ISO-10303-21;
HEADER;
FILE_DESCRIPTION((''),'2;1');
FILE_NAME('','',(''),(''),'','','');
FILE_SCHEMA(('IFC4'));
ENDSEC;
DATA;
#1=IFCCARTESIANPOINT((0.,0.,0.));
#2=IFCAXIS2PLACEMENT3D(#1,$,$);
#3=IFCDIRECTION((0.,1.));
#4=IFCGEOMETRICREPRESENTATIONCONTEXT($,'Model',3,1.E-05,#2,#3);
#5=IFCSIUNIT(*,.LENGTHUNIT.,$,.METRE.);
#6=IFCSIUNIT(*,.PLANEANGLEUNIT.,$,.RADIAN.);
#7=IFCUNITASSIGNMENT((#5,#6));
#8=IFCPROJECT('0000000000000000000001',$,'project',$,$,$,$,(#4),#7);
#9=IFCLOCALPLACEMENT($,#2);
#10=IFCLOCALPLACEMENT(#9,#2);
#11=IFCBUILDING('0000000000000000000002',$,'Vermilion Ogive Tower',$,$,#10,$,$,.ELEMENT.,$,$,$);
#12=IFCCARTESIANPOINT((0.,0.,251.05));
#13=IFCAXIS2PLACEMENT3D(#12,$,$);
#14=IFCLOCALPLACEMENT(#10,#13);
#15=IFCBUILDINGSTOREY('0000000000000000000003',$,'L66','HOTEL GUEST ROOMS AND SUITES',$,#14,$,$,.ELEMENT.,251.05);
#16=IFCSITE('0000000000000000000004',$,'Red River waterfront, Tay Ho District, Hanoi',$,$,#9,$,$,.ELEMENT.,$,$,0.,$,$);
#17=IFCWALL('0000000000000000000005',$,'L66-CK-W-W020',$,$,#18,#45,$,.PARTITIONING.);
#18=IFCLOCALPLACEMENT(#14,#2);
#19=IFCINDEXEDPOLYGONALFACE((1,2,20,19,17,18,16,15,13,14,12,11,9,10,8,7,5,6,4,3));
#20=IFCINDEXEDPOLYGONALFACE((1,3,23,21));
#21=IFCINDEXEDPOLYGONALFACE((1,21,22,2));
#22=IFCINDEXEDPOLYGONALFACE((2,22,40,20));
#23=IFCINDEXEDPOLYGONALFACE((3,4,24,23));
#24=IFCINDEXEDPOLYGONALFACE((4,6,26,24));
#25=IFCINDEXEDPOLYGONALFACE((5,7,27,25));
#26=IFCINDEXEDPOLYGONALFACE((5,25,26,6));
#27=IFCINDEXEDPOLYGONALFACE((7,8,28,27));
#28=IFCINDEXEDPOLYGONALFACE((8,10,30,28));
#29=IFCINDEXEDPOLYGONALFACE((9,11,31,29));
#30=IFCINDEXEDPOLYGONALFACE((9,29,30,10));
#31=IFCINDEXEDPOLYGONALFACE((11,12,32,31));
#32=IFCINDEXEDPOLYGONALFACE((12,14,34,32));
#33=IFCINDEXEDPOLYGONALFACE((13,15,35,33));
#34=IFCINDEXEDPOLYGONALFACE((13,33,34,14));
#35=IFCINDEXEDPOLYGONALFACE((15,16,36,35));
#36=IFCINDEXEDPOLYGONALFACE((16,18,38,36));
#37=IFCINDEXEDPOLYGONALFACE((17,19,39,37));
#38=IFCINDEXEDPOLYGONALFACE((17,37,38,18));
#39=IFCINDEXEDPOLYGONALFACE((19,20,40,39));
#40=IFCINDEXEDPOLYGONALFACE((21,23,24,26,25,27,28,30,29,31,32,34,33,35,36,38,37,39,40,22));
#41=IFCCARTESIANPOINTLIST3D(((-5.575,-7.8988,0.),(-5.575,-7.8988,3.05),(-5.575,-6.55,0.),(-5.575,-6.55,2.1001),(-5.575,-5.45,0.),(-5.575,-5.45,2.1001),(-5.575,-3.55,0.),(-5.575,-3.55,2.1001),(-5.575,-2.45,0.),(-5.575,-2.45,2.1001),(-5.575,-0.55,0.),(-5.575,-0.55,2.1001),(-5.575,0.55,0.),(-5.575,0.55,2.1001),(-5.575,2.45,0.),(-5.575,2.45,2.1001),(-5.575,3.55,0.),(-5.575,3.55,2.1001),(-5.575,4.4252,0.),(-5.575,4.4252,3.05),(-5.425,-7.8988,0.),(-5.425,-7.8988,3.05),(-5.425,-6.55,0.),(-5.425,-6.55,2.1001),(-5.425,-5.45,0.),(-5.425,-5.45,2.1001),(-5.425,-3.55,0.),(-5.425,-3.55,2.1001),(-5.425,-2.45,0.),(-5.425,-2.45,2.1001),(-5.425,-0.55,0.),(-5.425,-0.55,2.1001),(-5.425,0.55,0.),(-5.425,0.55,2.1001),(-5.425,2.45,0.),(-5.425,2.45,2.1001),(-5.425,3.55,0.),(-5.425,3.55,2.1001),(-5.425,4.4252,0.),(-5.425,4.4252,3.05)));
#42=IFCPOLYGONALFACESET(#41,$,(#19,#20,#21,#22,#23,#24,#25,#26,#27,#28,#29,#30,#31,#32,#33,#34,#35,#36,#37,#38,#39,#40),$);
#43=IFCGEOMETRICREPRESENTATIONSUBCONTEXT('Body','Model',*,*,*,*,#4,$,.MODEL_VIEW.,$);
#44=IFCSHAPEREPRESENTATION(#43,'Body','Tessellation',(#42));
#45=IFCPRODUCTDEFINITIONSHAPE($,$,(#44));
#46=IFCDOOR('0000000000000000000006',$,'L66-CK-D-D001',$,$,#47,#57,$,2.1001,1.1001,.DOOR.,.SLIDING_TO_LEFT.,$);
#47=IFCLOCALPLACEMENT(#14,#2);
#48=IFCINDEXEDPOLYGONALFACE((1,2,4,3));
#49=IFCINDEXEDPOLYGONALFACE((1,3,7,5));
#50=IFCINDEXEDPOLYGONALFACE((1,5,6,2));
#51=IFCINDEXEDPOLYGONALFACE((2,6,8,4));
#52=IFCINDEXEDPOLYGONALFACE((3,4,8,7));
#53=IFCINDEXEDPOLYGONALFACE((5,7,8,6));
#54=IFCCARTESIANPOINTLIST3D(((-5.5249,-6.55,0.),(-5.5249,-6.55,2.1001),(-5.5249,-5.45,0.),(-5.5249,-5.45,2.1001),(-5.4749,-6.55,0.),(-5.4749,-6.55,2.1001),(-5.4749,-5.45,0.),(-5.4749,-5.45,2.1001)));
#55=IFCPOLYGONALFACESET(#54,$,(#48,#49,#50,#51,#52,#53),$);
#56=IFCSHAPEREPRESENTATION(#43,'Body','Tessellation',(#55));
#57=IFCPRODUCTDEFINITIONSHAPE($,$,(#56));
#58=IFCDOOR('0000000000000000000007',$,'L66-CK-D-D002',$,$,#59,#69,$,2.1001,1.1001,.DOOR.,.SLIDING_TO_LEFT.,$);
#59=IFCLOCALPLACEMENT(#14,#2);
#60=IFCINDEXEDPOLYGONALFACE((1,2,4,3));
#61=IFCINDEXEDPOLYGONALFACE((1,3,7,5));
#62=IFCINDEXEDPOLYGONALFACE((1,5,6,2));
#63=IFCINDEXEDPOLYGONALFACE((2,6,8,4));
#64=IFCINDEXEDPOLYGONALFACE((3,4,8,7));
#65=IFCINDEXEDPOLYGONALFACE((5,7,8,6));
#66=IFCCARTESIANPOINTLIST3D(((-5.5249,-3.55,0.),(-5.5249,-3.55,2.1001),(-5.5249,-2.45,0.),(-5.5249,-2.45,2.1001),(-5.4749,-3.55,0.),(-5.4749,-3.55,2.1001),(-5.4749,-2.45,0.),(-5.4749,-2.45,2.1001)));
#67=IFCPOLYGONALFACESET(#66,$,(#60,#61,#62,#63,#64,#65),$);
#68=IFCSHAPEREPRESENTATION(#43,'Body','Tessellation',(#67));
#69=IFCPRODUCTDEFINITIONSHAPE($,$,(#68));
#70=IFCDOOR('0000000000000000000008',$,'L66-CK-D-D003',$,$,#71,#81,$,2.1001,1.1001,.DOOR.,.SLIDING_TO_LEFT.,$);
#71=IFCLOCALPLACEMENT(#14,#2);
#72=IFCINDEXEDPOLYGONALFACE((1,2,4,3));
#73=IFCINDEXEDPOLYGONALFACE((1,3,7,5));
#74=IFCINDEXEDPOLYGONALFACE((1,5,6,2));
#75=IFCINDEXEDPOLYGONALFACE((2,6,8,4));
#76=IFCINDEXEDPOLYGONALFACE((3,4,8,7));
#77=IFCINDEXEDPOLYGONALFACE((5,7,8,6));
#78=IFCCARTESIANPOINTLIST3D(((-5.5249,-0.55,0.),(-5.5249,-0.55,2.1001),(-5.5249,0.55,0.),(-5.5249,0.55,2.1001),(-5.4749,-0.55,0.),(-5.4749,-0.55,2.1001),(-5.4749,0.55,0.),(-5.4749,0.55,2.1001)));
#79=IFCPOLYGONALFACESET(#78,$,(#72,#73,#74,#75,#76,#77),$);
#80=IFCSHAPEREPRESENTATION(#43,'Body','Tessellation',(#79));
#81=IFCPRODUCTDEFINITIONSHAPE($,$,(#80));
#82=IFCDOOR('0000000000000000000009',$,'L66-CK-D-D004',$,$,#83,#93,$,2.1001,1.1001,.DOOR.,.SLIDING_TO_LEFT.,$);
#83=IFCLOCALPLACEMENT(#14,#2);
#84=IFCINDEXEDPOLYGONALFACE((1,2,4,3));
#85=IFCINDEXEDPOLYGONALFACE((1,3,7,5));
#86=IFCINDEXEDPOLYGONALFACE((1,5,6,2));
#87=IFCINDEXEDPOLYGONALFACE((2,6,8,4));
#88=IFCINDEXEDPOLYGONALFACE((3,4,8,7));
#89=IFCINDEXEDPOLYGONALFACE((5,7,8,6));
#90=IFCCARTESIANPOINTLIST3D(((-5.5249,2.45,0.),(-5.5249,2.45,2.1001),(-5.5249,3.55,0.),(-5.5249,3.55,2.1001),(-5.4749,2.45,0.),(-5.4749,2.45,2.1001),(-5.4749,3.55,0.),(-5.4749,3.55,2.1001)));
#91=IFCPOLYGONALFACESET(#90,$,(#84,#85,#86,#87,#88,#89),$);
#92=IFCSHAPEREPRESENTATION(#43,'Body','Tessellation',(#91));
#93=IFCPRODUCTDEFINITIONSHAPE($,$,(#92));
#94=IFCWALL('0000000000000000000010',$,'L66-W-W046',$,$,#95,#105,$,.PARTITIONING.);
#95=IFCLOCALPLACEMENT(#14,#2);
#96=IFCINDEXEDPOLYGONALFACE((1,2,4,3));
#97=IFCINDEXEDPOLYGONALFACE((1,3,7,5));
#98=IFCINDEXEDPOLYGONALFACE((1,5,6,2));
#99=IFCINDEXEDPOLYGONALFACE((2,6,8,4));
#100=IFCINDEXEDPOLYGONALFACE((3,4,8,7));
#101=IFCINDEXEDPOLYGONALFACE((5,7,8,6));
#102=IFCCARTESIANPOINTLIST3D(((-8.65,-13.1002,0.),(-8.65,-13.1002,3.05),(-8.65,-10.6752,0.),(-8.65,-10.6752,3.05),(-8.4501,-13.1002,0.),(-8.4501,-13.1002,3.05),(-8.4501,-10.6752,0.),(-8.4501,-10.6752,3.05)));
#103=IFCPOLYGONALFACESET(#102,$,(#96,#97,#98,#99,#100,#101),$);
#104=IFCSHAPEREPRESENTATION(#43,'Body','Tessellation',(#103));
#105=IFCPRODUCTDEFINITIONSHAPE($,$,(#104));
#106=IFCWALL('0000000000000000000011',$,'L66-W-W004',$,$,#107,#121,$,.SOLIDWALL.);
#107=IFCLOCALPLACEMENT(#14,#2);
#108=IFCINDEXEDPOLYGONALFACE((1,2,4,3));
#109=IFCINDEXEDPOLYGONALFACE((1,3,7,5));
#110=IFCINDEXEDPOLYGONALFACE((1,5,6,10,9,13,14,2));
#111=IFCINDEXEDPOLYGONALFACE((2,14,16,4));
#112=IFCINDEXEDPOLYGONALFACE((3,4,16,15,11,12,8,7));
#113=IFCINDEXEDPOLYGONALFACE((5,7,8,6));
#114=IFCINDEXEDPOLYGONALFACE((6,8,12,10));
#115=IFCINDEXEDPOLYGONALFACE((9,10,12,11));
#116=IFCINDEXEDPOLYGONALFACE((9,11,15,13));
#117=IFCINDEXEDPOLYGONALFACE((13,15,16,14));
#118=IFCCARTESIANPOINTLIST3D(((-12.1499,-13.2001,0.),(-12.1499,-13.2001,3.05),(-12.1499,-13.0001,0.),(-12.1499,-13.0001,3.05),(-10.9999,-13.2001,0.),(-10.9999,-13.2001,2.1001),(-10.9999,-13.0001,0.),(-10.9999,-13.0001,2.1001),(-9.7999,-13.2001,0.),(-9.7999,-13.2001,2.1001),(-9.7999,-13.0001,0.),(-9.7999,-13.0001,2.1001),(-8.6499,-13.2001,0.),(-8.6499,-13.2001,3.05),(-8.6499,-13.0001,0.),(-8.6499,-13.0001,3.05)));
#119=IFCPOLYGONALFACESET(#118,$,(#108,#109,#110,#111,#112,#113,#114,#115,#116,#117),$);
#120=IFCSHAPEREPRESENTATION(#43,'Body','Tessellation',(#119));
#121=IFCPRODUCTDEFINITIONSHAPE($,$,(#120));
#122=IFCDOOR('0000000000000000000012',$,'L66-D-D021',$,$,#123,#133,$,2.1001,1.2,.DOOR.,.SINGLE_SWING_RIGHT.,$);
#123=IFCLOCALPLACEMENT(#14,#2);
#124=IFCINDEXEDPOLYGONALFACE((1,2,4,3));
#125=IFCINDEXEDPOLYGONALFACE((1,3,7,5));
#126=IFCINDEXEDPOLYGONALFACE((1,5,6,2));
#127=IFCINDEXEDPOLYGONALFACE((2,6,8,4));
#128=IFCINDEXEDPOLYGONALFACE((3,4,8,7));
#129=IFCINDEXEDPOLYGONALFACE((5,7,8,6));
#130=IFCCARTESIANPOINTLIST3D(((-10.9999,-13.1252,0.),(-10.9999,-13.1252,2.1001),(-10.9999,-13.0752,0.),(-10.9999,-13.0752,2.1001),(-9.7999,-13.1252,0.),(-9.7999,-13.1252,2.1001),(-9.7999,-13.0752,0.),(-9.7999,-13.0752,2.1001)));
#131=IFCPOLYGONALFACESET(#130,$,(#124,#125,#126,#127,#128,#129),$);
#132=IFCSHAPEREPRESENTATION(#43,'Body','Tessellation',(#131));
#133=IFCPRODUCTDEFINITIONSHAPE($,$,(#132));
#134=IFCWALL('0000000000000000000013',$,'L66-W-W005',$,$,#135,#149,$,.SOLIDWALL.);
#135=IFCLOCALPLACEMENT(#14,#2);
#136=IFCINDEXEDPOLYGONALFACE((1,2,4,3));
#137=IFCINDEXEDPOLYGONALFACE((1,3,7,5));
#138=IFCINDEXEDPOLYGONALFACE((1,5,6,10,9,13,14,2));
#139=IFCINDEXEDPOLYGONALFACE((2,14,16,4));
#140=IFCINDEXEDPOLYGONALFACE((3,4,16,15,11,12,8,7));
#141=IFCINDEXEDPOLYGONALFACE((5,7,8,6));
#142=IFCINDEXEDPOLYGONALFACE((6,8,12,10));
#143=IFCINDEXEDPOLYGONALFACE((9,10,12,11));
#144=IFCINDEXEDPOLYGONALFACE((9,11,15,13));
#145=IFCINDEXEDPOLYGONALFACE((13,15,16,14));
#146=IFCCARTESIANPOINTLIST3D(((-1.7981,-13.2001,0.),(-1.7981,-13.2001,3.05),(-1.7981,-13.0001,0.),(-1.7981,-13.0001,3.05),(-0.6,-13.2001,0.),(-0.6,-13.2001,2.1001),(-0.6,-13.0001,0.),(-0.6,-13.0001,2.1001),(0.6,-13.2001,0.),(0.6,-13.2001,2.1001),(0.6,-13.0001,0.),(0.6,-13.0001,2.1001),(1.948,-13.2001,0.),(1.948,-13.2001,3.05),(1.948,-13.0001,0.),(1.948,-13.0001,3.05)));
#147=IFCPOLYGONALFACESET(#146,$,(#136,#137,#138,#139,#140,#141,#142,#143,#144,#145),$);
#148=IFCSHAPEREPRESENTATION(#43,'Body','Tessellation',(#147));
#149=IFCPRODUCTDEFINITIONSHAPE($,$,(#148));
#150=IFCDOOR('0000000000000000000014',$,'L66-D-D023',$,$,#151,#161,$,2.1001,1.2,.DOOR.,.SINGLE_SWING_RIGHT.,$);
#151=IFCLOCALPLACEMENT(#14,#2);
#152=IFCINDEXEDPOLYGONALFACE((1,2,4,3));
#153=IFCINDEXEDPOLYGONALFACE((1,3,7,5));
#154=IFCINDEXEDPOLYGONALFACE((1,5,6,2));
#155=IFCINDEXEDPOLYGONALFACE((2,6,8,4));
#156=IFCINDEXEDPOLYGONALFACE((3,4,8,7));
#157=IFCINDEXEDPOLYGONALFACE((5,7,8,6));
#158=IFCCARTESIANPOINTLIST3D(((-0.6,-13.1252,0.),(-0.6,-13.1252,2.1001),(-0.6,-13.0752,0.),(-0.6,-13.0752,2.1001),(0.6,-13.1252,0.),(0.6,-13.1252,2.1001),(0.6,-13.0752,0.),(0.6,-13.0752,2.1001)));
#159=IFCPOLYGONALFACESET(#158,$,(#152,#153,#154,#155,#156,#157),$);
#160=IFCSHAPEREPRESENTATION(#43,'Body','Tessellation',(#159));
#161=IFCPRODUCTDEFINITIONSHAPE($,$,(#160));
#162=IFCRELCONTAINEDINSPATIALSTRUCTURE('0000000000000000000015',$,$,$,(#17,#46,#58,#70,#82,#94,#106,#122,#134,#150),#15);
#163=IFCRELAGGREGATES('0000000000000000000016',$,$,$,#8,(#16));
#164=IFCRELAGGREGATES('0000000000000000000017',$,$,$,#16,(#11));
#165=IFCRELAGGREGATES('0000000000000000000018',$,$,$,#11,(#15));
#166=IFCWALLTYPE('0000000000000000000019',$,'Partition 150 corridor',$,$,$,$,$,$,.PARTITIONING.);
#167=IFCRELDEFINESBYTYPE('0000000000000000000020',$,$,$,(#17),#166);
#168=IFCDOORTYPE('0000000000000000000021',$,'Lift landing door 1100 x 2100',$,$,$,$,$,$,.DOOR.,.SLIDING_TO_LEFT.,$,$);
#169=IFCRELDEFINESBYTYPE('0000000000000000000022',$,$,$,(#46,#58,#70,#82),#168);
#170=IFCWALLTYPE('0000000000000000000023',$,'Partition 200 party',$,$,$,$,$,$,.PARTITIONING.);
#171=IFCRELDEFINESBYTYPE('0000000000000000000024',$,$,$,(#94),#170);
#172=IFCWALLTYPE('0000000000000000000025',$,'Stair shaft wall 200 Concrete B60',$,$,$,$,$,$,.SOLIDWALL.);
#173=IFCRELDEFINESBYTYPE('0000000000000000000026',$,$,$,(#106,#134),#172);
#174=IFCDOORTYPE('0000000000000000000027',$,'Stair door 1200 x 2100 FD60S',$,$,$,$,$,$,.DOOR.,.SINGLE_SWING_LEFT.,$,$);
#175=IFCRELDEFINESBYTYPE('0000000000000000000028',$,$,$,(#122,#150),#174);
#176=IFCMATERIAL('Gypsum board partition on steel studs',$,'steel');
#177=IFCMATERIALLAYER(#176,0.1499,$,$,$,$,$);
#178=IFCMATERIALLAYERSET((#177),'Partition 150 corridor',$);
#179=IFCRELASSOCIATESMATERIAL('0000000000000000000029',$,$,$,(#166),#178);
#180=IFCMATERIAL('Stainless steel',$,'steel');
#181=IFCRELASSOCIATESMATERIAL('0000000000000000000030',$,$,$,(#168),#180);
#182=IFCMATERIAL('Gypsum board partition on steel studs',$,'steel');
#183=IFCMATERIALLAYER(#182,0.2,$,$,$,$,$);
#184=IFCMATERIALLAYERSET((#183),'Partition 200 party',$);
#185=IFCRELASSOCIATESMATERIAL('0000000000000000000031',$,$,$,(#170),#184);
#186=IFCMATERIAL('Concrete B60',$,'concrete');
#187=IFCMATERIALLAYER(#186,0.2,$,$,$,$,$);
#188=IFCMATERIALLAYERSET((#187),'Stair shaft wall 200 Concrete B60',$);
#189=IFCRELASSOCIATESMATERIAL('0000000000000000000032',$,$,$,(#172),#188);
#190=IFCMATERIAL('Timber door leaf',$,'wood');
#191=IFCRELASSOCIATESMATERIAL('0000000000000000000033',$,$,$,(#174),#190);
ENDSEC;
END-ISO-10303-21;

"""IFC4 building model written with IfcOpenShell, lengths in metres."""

from ifc_helpers import new_model, si_unit, direction, frame, frame_2d, origin, place, context, subcontext, project, spatial, rectangle, extrude, material, layer, layer_set, type_object, element, fill, save


model = new_model("IFC4")

# Units and contexts
model_context = context("Model", 3, precision=1e-05, world=origin(), true_north=direction((0.0, 1.0)))
body_context = subcontext(model_context, "Body", "Model", "MODEL_VIEW")
ifc_project = project(units=[si_unit("LENGTHUNIT", "METRE"), si_unit("PLANEANGLEUNIT", "RADIAN")], contexts=[model_context])

# Site, building, storey
site_placement = place(None, origin())
site = spatial("IfcSite", under=ifc_project, at=site_placement, Name="Red River waterfront, Tay Ho District, Hanoi", CompositionType="ELEMENT", RefElevation=0.0)
building_placement = place(site_placement, origin())
building = spatial("IfcBuilding", under=site, at=building_placement, Name="Vermilion Ogive Tower", CompositionType="ELEMENT")
storey_placement = place(building_placement, frame((0.0, 0.0, 251.05)))
storey = spatial("IfcBuildingStorey", under=building, at=storey_placement, Name="L66", Description="HOTEL GUEST ROOMS AND SUITES", CompositionType="ELEMENT", Elevation=251.05)

# Wall, openings, doors
ifc_material_1 = material(Name="Gypsum board partition on steel studs", Category="steel")
ifc_layer_1 = layer(ifc_material_1, 0.1499)
ifc_layer_set_1 = layer_set([ifc_layer_1], Name="Partition 150 corridor")
wall_type_1 = type_object("IfcWallType", Name="Partition 150 corridor", PredefinedType="PARTITIONING", material=ifc_layer_set_1)
wall_1_placement = place(storey_placement, frame((-5.5, -7.8989, 0.0), z_axis=(0.0, 0.0, 1.0), x_axis=(0.0, 1.0, 0.0)))
wall_1 = element("IfcWall", 1, at=wall_1_placement, inside=storey, type_object=wall_type_1, Name="L66-CK-W-W020", PredefinedType="PARTITIONING", context=body_context, shape_type="SweptSolid", body=[
    extrude(rectangle(XDim=12.324, YDim=0.1499, at=frame_2d((6.1621, 0.0))), origin(), (0.0, 0.0, 1.0), 3.05),
])
opening_1_placement = place(wall_1_placement, frame((1.3489, 0.0, 0.0)))
opening_1 = element("IfcOpeningElement", 2, at=opening_1_placement, cuts=wall_1, PredefinedType="OPENING", context=body_context, shape_type="SweptSolid", body=[
    extrude(rectangle(XDim=1.1001, YDim=2.1001, at=frame_2d((0.55, 1.05))), frame((0.0, 0.085, 0.0), z_axis=(0.0, -1.0, 0.0), x_axis=(1.0, 0.0, 0.0)), (0.0, 0.0, 1.0), 0.1699),
])
opening_2_placement = place(wall_1_placement, frame((4.3489, 0.0, 0.0)))
opening_2 = element("IfcOpeningElement", 3, at=opening_2_placement, cuts=wall_1, PredefinedType="OPENING", context=body_context, shape_type="SweptSolid", body=[
    extrude(rectangle(XDim=1.1001, YDim=2.1001, at=frame_2d((0.55, 1.05))), frame((0.0, 0.085, 0.0), z_axis=(0.0, -1.0, 0.0), x_axis=(1.0, 0.0, 0.0)), (0.0, 0.0, 1.0), 0.1699),
])
opening_3_placement = place(wall_1_placement, frame((7.3489, 0.0, 0.0)))
opening_3 = element("IfcOpeningElement", 4, at=opening_3_placement, cuts=wall_1, PredefinedType="OPENING", context=body_context, shape_type="SweptSolid", body=[
    extrude(rectangle(XDim=1.1001, YDim=2.1001, at=frame_2d((0.55, 1.05))), frame((0.0, 0.085, 0.0), z_axis=(0.0, -1.0, 0.0), x_axis=(1.0, 0.0, 0.0)), (0.0, 0.0, 1.0), 0.1699),
])
opening_4_placement = place(wall_1_placement, frame((10.3489, 0.0, 0.0)))
opening_4 = element("IfcOpeningElement", 5, at=opening_4_placement, cuts=wall_1, PredefinedType="OPENING", context=body_context, shape_type="SweptSolid", body=[
    extrude(rectangle(XDim=1.1001, YDim=2.1001, at=frame_2d((0.55, 1.05))), frame((0.0, 0.085, 0.0), z_axis=(0.0, -1.0, 0.0), x_axis=(1.0, 0.0, 0.0)), (0.0, 0.0, 1.0), 0.1699),
])
ifc_material_2 = material(Name="Stainless steel", Category="steel")
door_type_1 = type_object("IfcDoorType", Name="Lift landing door 1100 x 2100", OperationType="SLIDING_TO_LEFT", PredefinedType="DOOR", material=ifc_material_2)
door_1_placement = place(opening_1_placement, origin())
door_1 = element("IfcDoor", 6, at=door_1_placement, inside=storey, type_object=door_type_1, Name="L66-CK-D-D001", OperationType="SLIDING_TO_LEFT", OverallHeight=2.1001, OverallWidth=1.1001, PredefinedType="DOOR", context=body_context, shape_type="SweptSolid", body=[
    extrude(rectangle(XDim=1.1001, YDim=2.1001, at=frame_2d((0.55, 1.05))), frame((0.0, 0.0249, 0.0), z_axis=(0.0, -1.0, 0.0), x_axis=(1.0, 0.0, 0.0)), (0.0, 0.0, 1.0), 0.05),
])
fill(opening_1, door_1)
door_2_placement = place(opening_2_placement, origin())
door_2 = element("IfcDoor", 7, at=door_2_placement, inside=storey, type_object=door_type_1, Name="L66-CK-D-D002", OperationType="SLIDING_TO_LEFT", OverallHeight=2.1001, OverallWidth=1.1001, PredefinedType="DOOR", context=body_context, shape_type="SweptSolid", body=[
    extrude(rectangle(XDim=1.1001, YDim=2.1001, at=frame_2d((0.55, 1.05))), frame((0.0, 0.0249, 0.0), z_axis=(0.0, -1.0, 0.0), x_axis=(1.0, 0.0, 0.0)), (0.0, 0.0, 1.0), 0.05),
])
fill(opening_2, door_2)
door_3_placement = place(opening_3_placement, origin())
door_3 = element("IfcDoor", 8, at=door_3_placement, inside=storey, type_object=door_type_1, Name="L66-CK-D-D003", OperationType="SLIDING_TO_LEFT", OverallHeight=2.1001, OverallWidth=1.1001, PredefinedType="DOOR", context=body_context, shape_type="SweptSolid", body=[
    extrude(rectangle(XDim=1.1001, YDim=2.1001, at=frame_2d((0.55, 1.05))), frame((0.0, 0.0249, 0.0), z_axis=(0.0, -1.0, 0.0), x_axis=(1.0, 0.0, 0.0)), (0.0, 0.0, 1.0), 0.05),
])
fill(opening_3, door_3)
door_4_placement = place(opening_4_placement, origin())
door_4 = element("IfcDoor", 9, at=door_4_placement, inside=storey, type_object=door_type_1, Name="L66-CK-D-D004", OperationType="SLIDING_TO_LEFT", OverallHeight=2.1001, OverallWidth=1.1001, PredefinedType="DOOR", context=body_context, shape_type="SweptSolid", body=[
    extrude(rectangle(XDim=1.1001, YDim=2.1001, at=frame_2d((0.55, 1.05))), frame((0.0, 0.0249, 0.0), z_axis=(0.0, -1.0, 0.0), x_axis=(1.0, 0.0, 0.0)), (0.0, 0.0, 1.0), 0.05),
])
fill(opening_4, door_4)

# Wall
ifc_material_3 = material(Name="Gypsum board partition on steel studs", Category="steel")
ifc_layer_2 = layer(ifc_material_3, 0.2)
ifc_layer_set_2 = layer_set([ifc_layer_2], Name="Partition 200 party")
wall_type_2 = type_object("IfcWallType", Name="Partition 200 party", PredefinedType="PARTITIONING", material=ifc_layer_set_2)
wall_2_placement = place(storey_placement, frame((-8.55, -13.1001, 0.0), z_axis=(0.0, 0.0, 1.0), x_axis=(0.0, 1.0, 0.0)))
element("IfcWall", 10, at=wall_2_placement, inside=storey, type_object=wall_type_2, Name="L66-W-W046", PredefinedType="PARTITIONING", context=body_context, shape_type="SweptSolid", body=[
    extrude(rectangle(XDim=2.425, YDim=0.2, at=frame_2d((1.2124, 0.0))), origin(), (0.0, 0.0, 1.0), 3.05),
])

# Walls, openings, doors
ifc_material_4 = material(Name="Concrete B60", Category="concrete")
ifc_layer_3 = layer(ifc_material_4, 0.2)
ifc_layer_set_3 = layer_set([ifc_layer_3], Name="Stair shaft wall 200 Concrete B60")
wall_type_3 = type_object("IfcWallType", Name="Stair shaft wall 200 Concrete B60", PredefinedType="SOLIDWALL", material=ifc_layer_set_3)
wall_3_placement = place(storey_placement, frame((-12.1499, -13.1001, 0.0), z_axis=(0.0, 0.0, 1.0), x_axis=(1.0, 0.0, 0.0)))
wall_3 = element("IfcWall", 11, at=wall_3_placement, inside=storey, type_object=wall_type_3, Name="L66-W-W004", PredefinedType="SOLIDWALL", context=body_context, shape_type="SweptSolid", body=[
    extrude(rectangle(XDim=3.5, YDim=0.2, at=frame_2d((1.75, 0.0))), origin(), (0.0, 0.0, 1.0), 3.05),
])
opening_5_placement = place(wall_3_placement, frame((1.1499, 0.0, 0.0)))
opening_5 = element("IfcOpeningElement", 12, at=opening_5_placement, cuts=wall_3, PredefinedType="OPENING", context=body_context, shape_type="SweptSolid", body=[
    extrude(rectangle(XDim=1.2, YDim=2.1001, at=frame_2d((0.6001, 1.05))), frame((0.0, 0.1099, 0.0), z_axis=(0.0, -1.0, 0.0), x_axis=(1.0, 0.0, 0.0)), (0.0, 0.0, 1.0), 0.22),
])
ifc_material_5 = material(Name="Timber door leaf", Category="wood")
door_type_2 = type_object("IfcDoorType", Name="Stair door 1200 x 2100 FD60S", OperationType="SINGLE_SWING_LEFT", PredefinedType="DOOR", material=ifc_material_5)
door_5_placement = place(opening_5_placement, origin())
door_5 = element("IfcDoor", 13, at=door_5_placement, inside=storey, type_object=door_type_2, Name="L66-D-D021", OperationType="SINGLE_SWING_RIGHT", OverallHeight=2.1001, OverallWidth=1.2, PredefinedType="DOOR", context=body_context, shape_type="SweptSolid", body=[
    extrude(rectangle(XDim=1.2, YDim=2.1001, at=frame_2d((0.6001, 1.05))), frame((0.0, 0.0249, 0.0), z_axis=(0.0, -1.0, 0.0), x_axis=(1.0, 0.0, 0.0)), (0.0, 0.0, 1.0), 0.05),
])
fill(opening_5, door_5)
wall_4_placement = place(storey_placement, frame((-1.7981, -13.1001, 0.0), z_axis=(0.0, 0.0, 1.0), x_axis=(1.0, 0.0, 0.0)))
wall_4 = element("IfcWall", 14, at=wall_4_placement, inside=storey, type_object=wall_type_3, Name="L66-W-W005", PredefinedType="SOLIDWALL", context=body_context, shape_type="SweptSolid", body=[
    extrude(rectangle(XDim=3.7461, YDim=0.2, at=frame_2d((1.873, 0.0))), origin(), (0.0, 0.0, 1.0), 3.05),
])
opening_6_placement = place(wall_4_placement, frame((1.198, 0.0, 0.0)))
opening_6 = element("IfcOpeningElement", 15, at=opening_6_placement, cuts=wall_4, PredefinedType="OPENING", context=body_context, shape_type="SweptSolid", body=[
    extrude(rectangle(XDim=1.2, YDim=2.1001, at=frame_2d((0.6001, 1.05))), frame((0.0, 0.1099, 0.0), z_axis=(0.0, -1.0, 0.0), x_axis=(1.0, 0.0, 0.0)), (0.0, 0.0, 1.0), 0.22),
])
door_6_placement = place(opening_6_placement, origin())
door_6 = element("IfcDoor", 16, at=door_6_placement, inside=storey, type_object=door_type_2, Name="L66-D-D023", OperationType="SINGLE_SWING_RIGHT", OverallHeight=2.1001, OverallWidth=1.2, PredefinedType="DOOR", context=body_context, shape_type="SweptSolid", body=[
    extrude(rectangle(XDim=1.2, YDim=2.1001, at=frame_2d((0.6001, 1.05))), frame((0.0, 0.0249, 0.0), z_axis=(0.0, -1.0, 0.0), x_axis=(1.0, 0.0, 0.0)), (0.0, 0.0, 1.0), 0.05),
])
fill(opening_6, door_6)

save(model, "model.ifc")
